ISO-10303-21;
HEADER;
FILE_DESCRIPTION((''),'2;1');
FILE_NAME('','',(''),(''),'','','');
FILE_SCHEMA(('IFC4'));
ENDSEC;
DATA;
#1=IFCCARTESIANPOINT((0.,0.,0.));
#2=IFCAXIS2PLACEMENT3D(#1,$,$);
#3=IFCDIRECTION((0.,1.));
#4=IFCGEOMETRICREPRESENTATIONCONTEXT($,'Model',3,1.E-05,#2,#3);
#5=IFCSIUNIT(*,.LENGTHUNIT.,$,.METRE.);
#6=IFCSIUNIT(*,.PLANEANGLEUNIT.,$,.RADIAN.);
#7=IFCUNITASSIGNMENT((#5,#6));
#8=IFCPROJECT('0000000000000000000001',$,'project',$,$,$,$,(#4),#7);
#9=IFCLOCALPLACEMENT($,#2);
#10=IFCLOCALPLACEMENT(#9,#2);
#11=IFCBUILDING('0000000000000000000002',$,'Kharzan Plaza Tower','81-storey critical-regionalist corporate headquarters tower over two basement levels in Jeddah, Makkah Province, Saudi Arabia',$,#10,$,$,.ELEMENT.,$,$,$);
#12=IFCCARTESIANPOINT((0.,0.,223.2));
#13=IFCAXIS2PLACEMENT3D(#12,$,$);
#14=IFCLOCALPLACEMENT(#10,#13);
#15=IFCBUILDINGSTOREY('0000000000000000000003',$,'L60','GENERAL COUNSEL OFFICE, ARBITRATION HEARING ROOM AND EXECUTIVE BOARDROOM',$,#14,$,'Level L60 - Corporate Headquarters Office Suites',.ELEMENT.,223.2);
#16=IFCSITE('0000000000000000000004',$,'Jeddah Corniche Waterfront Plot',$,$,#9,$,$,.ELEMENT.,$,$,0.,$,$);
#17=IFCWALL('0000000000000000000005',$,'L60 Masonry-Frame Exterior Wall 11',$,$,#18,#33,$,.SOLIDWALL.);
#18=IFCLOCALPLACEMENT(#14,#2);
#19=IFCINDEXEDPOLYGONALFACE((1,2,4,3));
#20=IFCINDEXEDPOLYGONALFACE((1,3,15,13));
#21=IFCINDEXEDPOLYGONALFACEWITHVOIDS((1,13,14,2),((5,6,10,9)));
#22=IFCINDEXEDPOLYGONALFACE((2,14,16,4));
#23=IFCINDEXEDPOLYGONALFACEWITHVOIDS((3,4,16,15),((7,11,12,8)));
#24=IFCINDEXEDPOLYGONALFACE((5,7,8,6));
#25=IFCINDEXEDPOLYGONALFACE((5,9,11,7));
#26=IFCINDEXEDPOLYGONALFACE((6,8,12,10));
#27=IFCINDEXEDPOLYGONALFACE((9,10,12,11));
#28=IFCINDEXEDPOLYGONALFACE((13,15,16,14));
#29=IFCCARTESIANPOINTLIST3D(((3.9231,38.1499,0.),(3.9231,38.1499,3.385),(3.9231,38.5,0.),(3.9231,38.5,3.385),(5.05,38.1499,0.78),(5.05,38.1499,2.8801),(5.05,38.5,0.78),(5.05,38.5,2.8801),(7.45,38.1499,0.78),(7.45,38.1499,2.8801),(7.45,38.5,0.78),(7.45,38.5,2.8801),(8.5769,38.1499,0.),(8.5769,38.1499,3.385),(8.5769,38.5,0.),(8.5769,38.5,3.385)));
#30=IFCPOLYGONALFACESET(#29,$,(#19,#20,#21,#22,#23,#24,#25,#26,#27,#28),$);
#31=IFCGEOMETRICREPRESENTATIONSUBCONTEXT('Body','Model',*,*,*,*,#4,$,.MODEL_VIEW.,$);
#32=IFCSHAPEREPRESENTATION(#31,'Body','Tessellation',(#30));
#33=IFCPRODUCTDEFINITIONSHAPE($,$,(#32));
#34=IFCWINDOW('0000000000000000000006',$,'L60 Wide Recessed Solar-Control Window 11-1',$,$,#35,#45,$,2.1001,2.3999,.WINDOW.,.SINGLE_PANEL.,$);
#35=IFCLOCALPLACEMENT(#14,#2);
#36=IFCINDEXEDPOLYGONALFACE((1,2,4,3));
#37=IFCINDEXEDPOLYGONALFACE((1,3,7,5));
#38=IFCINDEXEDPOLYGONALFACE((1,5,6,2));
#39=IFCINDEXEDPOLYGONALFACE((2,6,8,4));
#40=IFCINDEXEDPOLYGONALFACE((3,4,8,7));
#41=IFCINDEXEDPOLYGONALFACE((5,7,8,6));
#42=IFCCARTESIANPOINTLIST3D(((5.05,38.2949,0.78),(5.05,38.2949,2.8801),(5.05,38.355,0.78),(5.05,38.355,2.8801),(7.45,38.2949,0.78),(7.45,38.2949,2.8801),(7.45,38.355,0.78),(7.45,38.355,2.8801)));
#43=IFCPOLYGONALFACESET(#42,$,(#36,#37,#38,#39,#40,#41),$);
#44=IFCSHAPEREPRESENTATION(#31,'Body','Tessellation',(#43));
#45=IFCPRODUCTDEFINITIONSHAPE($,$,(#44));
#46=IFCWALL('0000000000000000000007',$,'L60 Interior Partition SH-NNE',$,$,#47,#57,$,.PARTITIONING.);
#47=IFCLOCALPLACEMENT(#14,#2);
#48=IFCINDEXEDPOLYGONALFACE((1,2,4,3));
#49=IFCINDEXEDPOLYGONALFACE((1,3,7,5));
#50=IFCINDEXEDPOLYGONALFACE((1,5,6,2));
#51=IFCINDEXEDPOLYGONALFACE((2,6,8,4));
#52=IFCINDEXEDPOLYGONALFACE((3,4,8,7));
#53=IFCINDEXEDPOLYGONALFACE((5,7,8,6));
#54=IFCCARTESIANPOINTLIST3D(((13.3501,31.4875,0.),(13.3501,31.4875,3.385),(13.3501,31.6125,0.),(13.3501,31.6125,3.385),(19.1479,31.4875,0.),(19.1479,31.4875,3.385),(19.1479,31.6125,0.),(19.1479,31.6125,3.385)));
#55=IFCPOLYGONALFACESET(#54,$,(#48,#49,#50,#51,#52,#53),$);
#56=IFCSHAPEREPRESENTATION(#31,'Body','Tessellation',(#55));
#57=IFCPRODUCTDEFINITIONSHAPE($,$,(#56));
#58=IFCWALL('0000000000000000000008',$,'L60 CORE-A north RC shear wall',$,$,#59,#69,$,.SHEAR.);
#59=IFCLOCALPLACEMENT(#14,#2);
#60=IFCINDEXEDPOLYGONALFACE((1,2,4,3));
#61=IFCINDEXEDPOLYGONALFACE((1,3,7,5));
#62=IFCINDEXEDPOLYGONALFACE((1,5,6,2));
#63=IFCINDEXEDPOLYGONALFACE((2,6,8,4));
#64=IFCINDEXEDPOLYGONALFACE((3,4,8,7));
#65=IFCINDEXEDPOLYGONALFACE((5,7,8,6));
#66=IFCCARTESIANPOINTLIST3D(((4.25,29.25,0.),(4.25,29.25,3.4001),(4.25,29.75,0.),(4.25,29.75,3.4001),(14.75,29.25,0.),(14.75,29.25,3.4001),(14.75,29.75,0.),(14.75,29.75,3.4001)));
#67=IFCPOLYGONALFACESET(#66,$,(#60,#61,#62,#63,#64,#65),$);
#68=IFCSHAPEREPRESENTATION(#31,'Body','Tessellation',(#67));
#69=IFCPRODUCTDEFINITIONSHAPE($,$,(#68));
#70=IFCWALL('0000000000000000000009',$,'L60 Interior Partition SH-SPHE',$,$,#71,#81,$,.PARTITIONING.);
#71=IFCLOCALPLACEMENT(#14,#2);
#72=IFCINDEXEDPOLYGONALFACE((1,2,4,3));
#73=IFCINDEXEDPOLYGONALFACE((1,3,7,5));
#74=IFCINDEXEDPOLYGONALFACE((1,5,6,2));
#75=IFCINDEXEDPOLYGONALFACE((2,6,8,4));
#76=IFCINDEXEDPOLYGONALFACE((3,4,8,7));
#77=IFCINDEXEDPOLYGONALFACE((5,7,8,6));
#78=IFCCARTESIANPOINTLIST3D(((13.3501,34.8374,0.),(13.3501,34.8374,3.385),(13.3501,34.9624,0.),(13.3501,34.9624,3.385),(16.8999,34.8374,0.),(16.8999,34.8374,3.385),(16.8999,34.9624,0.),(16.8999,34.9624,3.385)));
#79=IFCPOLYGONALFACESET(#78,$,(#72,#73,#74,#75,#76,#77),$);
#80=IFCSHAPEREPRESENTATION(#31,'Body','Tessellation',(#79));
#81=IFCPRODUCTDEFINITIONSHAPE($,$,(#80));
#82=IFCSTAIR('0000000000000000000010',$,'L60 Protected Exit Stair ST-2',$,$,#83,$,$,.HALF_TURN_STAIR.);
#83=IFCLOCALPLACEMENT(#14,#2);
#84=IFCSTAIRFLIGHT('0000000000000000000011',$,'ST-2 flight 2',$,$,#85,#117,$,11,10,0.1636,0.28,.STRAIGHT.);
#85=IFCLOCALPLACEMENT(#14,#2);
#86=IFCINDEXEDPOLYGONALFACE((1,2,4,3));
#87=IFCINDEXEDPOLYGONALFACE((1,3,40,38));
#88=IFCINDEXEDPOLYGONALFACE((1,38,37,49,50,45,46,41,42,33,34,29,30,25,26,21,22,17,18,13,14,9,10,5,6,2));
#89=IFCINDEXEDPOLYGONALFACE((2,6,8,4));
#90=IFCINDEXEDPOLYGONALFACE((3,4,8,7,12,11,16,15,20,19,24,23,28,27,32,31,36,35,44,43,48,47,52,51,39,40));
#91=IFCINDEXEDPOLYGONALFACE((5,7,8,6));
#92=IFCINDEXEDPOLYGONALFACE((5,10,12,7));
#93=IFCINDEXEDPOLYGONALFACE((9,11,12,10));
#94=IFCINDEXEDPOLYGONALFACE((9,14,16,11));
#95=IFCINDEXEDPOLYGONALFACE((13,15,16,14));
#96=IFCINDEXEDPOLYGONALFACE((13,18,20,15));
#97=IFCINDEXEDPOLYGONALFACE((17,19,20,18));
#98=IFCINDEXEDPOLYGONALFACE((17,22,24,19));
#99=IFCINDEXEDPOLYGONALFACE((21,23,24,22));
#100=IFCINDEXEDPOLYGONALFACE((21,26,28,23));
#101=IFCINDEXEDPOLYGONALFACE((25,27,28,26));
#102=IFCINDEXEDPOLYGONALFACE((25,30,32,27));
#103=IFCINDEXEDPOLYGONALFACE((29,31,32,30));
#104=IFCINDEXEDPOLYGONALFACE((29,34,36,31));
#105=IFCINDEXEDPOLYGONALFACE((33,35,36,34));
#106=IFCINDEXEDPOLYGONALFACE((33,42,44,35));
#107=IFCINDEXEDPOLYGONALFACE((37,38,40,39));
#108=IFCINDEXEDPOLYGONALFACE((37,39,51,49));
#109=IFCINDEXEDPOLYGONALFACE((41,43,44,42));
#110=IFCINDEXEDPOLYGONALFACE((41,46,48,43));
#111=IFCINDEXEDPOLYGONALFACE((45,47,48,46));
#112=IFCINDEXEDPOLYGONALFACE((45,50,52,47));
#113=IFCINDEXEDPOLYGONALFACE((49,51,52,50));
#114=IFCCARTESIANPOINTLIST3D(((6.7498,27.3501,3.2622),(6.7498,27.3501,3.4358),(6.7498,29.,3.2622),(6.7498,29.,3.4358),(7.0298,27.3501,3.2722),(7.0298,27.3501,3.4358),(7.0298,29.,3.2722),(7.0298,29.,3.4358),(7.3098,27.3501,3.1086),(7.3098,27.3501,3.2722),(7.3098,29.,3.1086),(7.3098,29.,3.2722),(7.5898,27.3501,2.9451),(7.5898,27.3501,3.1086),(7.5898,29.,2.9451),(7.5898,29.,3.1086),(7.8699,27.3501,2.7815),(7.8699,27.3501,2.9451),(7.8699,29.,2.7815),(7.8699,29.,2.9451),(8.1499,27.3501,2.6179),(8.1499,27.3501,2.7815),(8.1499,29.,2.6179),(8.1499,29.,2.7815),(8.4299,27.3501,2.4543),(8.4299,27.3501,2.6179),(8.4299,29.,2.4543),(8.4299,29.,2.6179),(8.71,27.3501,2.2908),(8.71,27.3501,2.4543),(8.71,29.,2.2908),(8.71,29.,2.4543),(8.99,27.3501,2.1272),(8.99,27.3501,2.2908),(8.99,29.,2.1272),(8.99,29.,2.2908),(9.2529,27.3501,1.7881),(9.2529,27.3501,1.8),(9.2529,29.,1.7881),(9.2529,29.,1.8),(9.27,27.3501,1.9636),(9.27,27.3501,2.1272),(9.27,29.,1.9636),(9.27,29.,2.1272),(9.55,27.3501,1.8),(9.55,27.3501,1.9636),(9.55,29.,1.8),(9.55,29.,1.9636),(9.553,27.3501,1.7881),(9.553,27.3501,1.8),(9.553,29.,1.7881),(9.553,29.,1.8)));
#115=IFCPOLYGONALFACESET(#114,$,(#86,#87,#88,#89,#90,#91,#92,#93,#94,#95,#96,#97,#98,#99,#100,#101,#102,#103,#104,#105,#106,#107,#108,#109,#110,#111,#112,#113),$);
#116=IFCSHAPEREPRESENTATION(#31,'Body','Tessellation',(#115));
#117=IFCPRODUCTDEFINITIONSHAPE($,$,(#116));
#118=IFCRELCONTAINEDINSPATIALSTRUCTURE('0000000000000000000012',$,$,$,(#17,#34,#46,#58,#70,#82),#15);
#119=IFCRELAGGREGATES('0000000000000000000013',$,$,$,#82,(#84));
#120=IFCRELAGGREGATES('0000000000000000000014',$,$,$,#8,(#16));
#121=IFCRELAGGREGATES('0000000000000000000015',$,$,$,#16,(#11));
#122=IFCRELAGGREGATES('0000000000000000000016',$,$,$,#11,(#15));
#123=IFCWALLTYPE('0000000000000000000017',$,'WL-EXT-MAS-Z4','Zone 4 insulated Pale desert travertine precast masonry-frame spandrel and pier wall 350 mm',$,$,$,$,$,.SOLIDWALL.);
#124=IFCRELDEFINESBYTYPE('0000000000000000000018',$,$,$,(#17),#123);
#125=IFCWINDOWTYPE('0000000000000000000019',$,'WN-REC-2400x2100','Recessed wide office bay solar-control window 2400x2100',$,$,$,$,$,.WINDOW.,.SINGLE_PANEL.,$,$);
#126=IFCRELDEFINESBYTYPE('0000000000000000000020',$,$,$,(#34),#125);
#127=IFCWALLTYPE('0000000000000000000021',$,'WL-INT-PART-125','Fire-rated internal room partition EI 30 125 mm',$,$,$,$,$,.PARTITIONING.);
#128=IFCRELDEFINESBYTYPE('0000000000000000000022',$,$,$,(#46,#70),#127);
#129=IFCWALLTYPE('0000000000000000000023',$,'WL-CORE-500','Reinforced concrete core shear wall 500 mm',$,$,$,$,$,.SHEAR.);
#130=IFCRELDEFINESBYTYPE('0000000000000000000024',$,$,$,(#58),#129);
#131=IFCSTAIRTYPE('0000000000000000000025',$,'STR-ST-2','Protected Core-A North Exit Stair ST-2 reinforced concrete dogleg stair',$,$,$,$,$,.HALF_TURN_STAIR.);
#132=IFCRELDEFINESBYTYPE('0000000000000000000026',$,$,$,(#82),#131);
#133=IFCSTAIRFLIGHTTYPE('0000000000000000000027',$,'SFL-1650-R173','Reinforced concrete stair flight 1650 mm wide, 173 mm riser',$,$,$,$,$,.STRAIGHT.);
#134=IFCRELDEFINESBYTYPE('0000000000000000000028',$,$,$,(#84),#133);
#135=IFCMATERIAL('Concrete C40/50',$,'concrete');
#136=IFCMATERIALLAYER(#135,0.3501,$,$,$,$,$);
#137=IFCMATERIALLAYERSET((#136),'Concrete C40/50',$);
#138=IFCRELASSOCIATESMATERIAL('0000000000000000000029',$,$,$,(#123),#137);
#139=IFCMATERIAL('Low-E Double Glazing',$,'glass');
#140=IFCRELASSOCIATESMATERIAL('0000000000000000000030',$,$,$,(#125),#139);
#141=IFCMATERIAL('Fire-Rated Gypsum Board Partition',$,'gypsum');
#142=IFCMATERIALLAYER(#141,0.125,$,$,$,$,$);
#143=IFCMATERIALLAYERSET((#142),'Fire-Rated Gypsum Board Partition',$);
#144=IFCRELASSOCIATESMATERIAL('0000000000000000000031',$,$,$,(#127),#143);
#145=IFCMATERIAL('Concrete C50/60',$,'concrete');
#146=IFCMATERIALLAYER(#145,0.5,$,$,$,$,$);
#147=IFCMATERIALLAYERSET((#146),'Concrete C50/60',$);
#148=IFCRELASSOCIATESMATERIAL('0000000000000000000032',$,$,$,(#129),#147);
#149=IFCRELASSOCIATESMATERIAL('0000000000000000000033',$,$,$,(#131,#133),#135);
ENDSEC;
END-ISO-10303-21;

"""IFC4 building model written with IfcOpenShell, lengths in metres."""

from ifc_helpers import new_model, si_unit, direction, frame, frame_2d, origin, place, context, subcontext, project, spatial, polyline, rectangle, outline, extrude, source, transform, mapped, material, layer, layer_set, type_object, element, fill, aggregate, save


model = new_model("IFC4")

# Units and contexts
model_context = context("Model", 3, precision=1e-05, world=origin(), true_north=direction((0.0, 1.0)))
body_context = subcontext(model_context, "Body", "Model", "MODEL_VIEW")
ifc_project = project(units=[si_unit("LENGTHUNIT", "METRE"), si_unit("PLANEANGLEUNIT", "RADIAN")], contexts=[model_context])

# Site, building, storey
site_placement = place(None, origin())
site = spatial("IfcSite", under=ifc_project, at=site_placement, Name="Jeddah Corniche Waterfront Plot", CompositionType="ELEMENT", RefElevation=0.0)
building_placement = place(site_placement, origin())
building = spatial("IfcBuilding", under=site, at=building_placement, Name="Kharzan Plaza Tower", Description="81-storey critical-regionalist corporate headquarters tower over two basement levels in Jeddah, Makkah Province, Saudi Arabia", CompositionType="ELEMENT")
storey_placement = place(building_placement, frame((0.0, 0.0, 223.2)))
storey = spatial("IfcBuildingStorey", under=building, at=storey_placement, Name="L60", Description="GENERAL COUNSEL OFFICE, ARBITRATION HEARING ROOM AND EXECUTIVE BOARDROOM", LongName="Level L60 - Corporate Headquarters Office Suites", CompositionType="ELEMENT", Elevation=223.2)

# Shared definitions
ifc_material_1 = material(Name="Concrete C50/60", Category="concrete")

# Wall, opening, window
ifc_material_2 = material(Name="Concrete C40/50", Category="concrete")
ifc_layer_1 = layer(ifc_material_2, 0.3501)
ifc_layer_set_1 = layer_set([ifc_layer_1], Name="Concrete C40/50")
wall_type_1 = type_object("IfcWallType", Name="WL-EXT-MAS-Z4", Description="Zone 4 insulated Pale desert travertine precast masonry-frame spandrel and pier wall 350 mm", PredefinedType="SOLIDWALL", material=ifc_layer_set_1)
ifc_material_3 = material(Name="Low-E Double Glazing", Category="glass")
window_type = type_object("IfcWindowType", Name="WN-REC-2400x2100", Description="Recessed wide office bay solar-control window 2400x2100", PartitioningType="SINGLE_PANEL", PredefinedType="WINDOW", material=ifc_material_3)
shared_shape_1 = source(origin(), body_context, "Body", "SweptSolid", [
    extrude(rectangle(XDim=2.3999, YDim=2.1001, at=frame_2d((1.2, 1.05))), frame((0.0, 0.03, 0.0), z_axis=(0.0, -1.0, 0.0), x_axis=(1.0, 0.0, 0.0)), (0.0, 0.0, 1.0), 0.0601),
])
wall_1_placement = place(storey_placement, frame((8.5769, 38.325, 0.0), z_axis=(0.0, 0.0, 1.0), x_axis=(-1.0, 0.0, 0.0)))
wall_1 = element("IfcWall", 1, at=wall_1_placement, inside=storey, type_object=wall_type_1, Name="L60 Masonry-Frame Exterior Wall 11", PredefinedType="SOLIDWALL", context=body_context, shape_type="SweptSolid", body=[
    extrude(rectangle(XDim=4.6538, YDim=0.3501, at=frame_2d((2.3269, 0.0))), origin(), (0.0, 0.0, 1.0), 3.385),
])
opening_1_placement = place(wall_1_placement, frame((1.127, 0.0, 0.78)))
opening_1 = element("IfcOpeningElement", 2, at=opening_1_placement, cuts=wall_1, PredefinedType="OPENING", context=body_context, shape_type="SweptSolid", body=[
    extrude(rectangle(XDim=2.3999, YDim=2.1001, at=frame_2d((1.2, 1.05))), frame((0.0, 0.1851, 0.0), z_axis=(0.0, -1.0, 0.0), x_axis=(1.0, 0.0, 0.0)), (0.0, 0.0, 1.0), 0.3701),
])
window_1_placement = place(opening_1_placement, origin())
window_1 = element("IfcWindow", 3, at=window_1_placement, inside=storey, type_object=window_type, Name="L60 Wide Recessed Solar-Control Window 11-1", OverallHeight=2.1001, OverallWidth=2.3999, PartitioningType="SINGLE_PANEL", PredefinedType="WINDOW", context=body_context, shape_type="MappedRepresentation", body=[
    mapped(shared_shape_1, transform((0.0, 0.0, 0.0), x_axis=(1.0, 0.0, 0.0), y_axis=(0.0, 1.0, 0.0), z_axis=(0.0, 0.0, 1.0))),
])
fill(opening_1, window_1)

# Shared definitions
ifc_material_4 = material(Name="Fire-Rated Gypsum Board Partition", Category="gypsum")
ifc_layer_2 = layer(ifc_material_4, 0.125)
ifc_layer_set_2 = layer_set([ifc_layer_2], Name="Fire-Rated Gypsum Board Partition")
wall_type_2 = type_object("IfcWallType", Name="WL-INT-PART-125", Description="Fire-rated internal room partition EI 30 125 mm", PredefinedType="PARTITIONING", material=ifc_layer_set_2)

# Walls
shared_shape_2 = source(origin(), body_context, "Body", "SweptSolid", [
    extrude(rectangle(XDim=5.7979, YDim=0.125, at=frame_2d((2.8989, 0.0))), origin(), (0.0, 0.0, 1.0), 3.385),
])
wall_2_placement = place(storey_placement, frame((13.3501, 31.55, 0.0), z_axis=(0.0, 0.0, 1.0), x_axis=(1.0, 0.0, 0.0)))
element("IfcWall", 4, at=wall_2_placement, inside=storey, type_object=wall_type_2, Name="L60 Interior Partition SH-NNE", PredefinedType="PARTITIONING", context=body_context, shape_type="MappedRepresentation", body=[
    mapped(shared_shape_2, transform((0.0, 0.0, 0.0), x_axis=(1.0, 0.0, 0.0), y_axis=(0.0, 1.0, 0.0), z_axis=(0.0, 0.0, 1.0))),
])
ifc_layer_3 = layer(ifc_material_1, 0.5)
ifc_layer_set_3 = layer_set([ifc_layer_3], Name="Concrete C50/60")
wall_type_3 = type_object("IfcWallType", Name="WL-CORE-500", Description="Reinforced concrete core shear wall 500 mm", PredefinedType="SHEAR", material=ifc_layer_set_3)
shared_shape_3 = source(origin(), body_context, "Body", "SweptSolid", [
    extrude(rectangle(XDim=10.5, YDim=0.5, at=frame_2d((5.25, 0.0))), origin(), (0.0, 0.0, 1.0), 3.4001),
])
wall_3_placement = place(storey_placement, frame((4.25, 29.5, 0.0), z_axis=(0.0, 0.0, 1.0), x_axis=(1.0, 0.0, 0.0)))
element("IfcWall", 5, at=wall_3_placement, inside=storey, type_object=wall_type_3, Name="L60 CORE-A north RC shear wall", PredefinedType="SHEAR", context=body_context, shape_type="MappedRepresentation", body=[
    mapped(shared_shape_3, transform((0.0, 0.0, 0.0), x_axis=(1.0, 0.0, 0.0), y_axis=(0.0, 1.0, 0.0), z_axis=(0.0, 0.0, 1.0))),
])
shared_shape_4 = source(origin(), body_context, "Body", "SweptSolid", [
    extrude(rectangle(XDim=3.5498, YDim=0.125, at=frame_2d((1.7749, 0.0))), origin(), (0.0, 0.0, 1.0), 3.385),
])
wall_4_placement = place(storey_placement, frame((13.3501, 34.8999, 0.0), z_axis=(0.0, 0.0, 1.0), x_axis=(1.0, 0.0, 0.0)))
element("IfcWall", 6, at=wall_4_placement, inside=storey, type_object=wall_type_2, Name="L60 Interior Partition SH-SPHE", PredefinedType="PARTITIONING", context=body_context, shape_type="MappedRepresentation", body=[
    mapped(shared_shape_4, transform((0.0, 0.0, 0.0), x_axis=(1.0, 0.0, 0.0), y_axis=(0.0, 1.0, 0.0), z_axis=(0.0, 0.0, 1.0))),
])

# Stair, stair flight
stair_type = type_object("IfcStairType", Name="STR-ST-2", Description="Protected Core-A North Exit Stair ST-2 reinforced concrete dogleg stair", PredefinedType="HALF_TURN_STAIR", material=ifc_material_2)
stair_placement = place(storey_placement, origin())
stair = element("IfcStair", 7, at=stair_placement, inside=storey, type_object=stair_type, Name="L60 Protected Exit Stair ST-2", PredefinedType="HALF_TURN_STAIR")
stair_flight_type = type_object("IfcStairFlightType", Name="SFL-1650-R173", Description="Reinforced concrete stair flight 1650 mm wide, 173 mm riser", PredefinedType="STRAIGHT", material=ifc_material_2)
shared_shape_5 = source(origin(), body_context, "Body", "SweptSolid", [
    extrude(outline(polyline([(-0.0029, -0.012), (-0.0029, 0.0), (0.0, 0.0), (0.0, 0.1636), (0.28, 0.1636), (0.28, 0.3271), (0.5601, 0.3271), (0.5601, 0.4907), (0.8401, 0.4907), (0.8401, 0.6543), (1.1201, 0.6543), (1.1201, 0.8179), (1.4001, 0.8179), (1.4001, 0.9814), (1.6802, 0.9814), (1.6802, 1.145), (1.9602, 1.145), (1.9602, 1.3086), (2.2402, 1.3086), (2.2402, 1.4722), (2.5203, 1.4722), (2.5203, 1.6357), (2.8003, 1.6357), (2.8003, 1.7993), (2.8003, 1.4622), (0.2971, 0.0), (0.2971, -0.012), (-0.0029, -0.012)])), frame((0.0, 0.825, 0.0), z_axis=(0.0, -1.0, 0.0), x_axis=(1.0, 0.0, 0.0)), (0.0, 0.0, 1.0), 1.6499),
])
stair_flight_placement = place(storey_placement, frame((9.55, 28.175, 1.8), z_axis=(0.0, 0.0, 1.0), x_axis=(-1.0, 0.0, 0.0)))
stair_flight = element("IfcStairFlight", 8, at=stair_flight_placement, type_object=stair_flight_type, Name="ST-2 flight 2", NumberOfRisers=11, NumberOfTreads=10, PredefinedType="STRAIGHT", RiserHeight=0.1636, TreadLength=0.28, context=body_context, shape_type="MappedRepresentation", body=[
    mapped(shared_shape_5, transform((0.0, 0.0, 0.0), x_axis=(1.0, 0.0, 0.0), y_axis=(0.0, 1.0, 0.0), z_axis=(0.0, 0.0, 1.0))),
])
aggregate(stair, [stair_flight])

save(model, "model.ifc")
